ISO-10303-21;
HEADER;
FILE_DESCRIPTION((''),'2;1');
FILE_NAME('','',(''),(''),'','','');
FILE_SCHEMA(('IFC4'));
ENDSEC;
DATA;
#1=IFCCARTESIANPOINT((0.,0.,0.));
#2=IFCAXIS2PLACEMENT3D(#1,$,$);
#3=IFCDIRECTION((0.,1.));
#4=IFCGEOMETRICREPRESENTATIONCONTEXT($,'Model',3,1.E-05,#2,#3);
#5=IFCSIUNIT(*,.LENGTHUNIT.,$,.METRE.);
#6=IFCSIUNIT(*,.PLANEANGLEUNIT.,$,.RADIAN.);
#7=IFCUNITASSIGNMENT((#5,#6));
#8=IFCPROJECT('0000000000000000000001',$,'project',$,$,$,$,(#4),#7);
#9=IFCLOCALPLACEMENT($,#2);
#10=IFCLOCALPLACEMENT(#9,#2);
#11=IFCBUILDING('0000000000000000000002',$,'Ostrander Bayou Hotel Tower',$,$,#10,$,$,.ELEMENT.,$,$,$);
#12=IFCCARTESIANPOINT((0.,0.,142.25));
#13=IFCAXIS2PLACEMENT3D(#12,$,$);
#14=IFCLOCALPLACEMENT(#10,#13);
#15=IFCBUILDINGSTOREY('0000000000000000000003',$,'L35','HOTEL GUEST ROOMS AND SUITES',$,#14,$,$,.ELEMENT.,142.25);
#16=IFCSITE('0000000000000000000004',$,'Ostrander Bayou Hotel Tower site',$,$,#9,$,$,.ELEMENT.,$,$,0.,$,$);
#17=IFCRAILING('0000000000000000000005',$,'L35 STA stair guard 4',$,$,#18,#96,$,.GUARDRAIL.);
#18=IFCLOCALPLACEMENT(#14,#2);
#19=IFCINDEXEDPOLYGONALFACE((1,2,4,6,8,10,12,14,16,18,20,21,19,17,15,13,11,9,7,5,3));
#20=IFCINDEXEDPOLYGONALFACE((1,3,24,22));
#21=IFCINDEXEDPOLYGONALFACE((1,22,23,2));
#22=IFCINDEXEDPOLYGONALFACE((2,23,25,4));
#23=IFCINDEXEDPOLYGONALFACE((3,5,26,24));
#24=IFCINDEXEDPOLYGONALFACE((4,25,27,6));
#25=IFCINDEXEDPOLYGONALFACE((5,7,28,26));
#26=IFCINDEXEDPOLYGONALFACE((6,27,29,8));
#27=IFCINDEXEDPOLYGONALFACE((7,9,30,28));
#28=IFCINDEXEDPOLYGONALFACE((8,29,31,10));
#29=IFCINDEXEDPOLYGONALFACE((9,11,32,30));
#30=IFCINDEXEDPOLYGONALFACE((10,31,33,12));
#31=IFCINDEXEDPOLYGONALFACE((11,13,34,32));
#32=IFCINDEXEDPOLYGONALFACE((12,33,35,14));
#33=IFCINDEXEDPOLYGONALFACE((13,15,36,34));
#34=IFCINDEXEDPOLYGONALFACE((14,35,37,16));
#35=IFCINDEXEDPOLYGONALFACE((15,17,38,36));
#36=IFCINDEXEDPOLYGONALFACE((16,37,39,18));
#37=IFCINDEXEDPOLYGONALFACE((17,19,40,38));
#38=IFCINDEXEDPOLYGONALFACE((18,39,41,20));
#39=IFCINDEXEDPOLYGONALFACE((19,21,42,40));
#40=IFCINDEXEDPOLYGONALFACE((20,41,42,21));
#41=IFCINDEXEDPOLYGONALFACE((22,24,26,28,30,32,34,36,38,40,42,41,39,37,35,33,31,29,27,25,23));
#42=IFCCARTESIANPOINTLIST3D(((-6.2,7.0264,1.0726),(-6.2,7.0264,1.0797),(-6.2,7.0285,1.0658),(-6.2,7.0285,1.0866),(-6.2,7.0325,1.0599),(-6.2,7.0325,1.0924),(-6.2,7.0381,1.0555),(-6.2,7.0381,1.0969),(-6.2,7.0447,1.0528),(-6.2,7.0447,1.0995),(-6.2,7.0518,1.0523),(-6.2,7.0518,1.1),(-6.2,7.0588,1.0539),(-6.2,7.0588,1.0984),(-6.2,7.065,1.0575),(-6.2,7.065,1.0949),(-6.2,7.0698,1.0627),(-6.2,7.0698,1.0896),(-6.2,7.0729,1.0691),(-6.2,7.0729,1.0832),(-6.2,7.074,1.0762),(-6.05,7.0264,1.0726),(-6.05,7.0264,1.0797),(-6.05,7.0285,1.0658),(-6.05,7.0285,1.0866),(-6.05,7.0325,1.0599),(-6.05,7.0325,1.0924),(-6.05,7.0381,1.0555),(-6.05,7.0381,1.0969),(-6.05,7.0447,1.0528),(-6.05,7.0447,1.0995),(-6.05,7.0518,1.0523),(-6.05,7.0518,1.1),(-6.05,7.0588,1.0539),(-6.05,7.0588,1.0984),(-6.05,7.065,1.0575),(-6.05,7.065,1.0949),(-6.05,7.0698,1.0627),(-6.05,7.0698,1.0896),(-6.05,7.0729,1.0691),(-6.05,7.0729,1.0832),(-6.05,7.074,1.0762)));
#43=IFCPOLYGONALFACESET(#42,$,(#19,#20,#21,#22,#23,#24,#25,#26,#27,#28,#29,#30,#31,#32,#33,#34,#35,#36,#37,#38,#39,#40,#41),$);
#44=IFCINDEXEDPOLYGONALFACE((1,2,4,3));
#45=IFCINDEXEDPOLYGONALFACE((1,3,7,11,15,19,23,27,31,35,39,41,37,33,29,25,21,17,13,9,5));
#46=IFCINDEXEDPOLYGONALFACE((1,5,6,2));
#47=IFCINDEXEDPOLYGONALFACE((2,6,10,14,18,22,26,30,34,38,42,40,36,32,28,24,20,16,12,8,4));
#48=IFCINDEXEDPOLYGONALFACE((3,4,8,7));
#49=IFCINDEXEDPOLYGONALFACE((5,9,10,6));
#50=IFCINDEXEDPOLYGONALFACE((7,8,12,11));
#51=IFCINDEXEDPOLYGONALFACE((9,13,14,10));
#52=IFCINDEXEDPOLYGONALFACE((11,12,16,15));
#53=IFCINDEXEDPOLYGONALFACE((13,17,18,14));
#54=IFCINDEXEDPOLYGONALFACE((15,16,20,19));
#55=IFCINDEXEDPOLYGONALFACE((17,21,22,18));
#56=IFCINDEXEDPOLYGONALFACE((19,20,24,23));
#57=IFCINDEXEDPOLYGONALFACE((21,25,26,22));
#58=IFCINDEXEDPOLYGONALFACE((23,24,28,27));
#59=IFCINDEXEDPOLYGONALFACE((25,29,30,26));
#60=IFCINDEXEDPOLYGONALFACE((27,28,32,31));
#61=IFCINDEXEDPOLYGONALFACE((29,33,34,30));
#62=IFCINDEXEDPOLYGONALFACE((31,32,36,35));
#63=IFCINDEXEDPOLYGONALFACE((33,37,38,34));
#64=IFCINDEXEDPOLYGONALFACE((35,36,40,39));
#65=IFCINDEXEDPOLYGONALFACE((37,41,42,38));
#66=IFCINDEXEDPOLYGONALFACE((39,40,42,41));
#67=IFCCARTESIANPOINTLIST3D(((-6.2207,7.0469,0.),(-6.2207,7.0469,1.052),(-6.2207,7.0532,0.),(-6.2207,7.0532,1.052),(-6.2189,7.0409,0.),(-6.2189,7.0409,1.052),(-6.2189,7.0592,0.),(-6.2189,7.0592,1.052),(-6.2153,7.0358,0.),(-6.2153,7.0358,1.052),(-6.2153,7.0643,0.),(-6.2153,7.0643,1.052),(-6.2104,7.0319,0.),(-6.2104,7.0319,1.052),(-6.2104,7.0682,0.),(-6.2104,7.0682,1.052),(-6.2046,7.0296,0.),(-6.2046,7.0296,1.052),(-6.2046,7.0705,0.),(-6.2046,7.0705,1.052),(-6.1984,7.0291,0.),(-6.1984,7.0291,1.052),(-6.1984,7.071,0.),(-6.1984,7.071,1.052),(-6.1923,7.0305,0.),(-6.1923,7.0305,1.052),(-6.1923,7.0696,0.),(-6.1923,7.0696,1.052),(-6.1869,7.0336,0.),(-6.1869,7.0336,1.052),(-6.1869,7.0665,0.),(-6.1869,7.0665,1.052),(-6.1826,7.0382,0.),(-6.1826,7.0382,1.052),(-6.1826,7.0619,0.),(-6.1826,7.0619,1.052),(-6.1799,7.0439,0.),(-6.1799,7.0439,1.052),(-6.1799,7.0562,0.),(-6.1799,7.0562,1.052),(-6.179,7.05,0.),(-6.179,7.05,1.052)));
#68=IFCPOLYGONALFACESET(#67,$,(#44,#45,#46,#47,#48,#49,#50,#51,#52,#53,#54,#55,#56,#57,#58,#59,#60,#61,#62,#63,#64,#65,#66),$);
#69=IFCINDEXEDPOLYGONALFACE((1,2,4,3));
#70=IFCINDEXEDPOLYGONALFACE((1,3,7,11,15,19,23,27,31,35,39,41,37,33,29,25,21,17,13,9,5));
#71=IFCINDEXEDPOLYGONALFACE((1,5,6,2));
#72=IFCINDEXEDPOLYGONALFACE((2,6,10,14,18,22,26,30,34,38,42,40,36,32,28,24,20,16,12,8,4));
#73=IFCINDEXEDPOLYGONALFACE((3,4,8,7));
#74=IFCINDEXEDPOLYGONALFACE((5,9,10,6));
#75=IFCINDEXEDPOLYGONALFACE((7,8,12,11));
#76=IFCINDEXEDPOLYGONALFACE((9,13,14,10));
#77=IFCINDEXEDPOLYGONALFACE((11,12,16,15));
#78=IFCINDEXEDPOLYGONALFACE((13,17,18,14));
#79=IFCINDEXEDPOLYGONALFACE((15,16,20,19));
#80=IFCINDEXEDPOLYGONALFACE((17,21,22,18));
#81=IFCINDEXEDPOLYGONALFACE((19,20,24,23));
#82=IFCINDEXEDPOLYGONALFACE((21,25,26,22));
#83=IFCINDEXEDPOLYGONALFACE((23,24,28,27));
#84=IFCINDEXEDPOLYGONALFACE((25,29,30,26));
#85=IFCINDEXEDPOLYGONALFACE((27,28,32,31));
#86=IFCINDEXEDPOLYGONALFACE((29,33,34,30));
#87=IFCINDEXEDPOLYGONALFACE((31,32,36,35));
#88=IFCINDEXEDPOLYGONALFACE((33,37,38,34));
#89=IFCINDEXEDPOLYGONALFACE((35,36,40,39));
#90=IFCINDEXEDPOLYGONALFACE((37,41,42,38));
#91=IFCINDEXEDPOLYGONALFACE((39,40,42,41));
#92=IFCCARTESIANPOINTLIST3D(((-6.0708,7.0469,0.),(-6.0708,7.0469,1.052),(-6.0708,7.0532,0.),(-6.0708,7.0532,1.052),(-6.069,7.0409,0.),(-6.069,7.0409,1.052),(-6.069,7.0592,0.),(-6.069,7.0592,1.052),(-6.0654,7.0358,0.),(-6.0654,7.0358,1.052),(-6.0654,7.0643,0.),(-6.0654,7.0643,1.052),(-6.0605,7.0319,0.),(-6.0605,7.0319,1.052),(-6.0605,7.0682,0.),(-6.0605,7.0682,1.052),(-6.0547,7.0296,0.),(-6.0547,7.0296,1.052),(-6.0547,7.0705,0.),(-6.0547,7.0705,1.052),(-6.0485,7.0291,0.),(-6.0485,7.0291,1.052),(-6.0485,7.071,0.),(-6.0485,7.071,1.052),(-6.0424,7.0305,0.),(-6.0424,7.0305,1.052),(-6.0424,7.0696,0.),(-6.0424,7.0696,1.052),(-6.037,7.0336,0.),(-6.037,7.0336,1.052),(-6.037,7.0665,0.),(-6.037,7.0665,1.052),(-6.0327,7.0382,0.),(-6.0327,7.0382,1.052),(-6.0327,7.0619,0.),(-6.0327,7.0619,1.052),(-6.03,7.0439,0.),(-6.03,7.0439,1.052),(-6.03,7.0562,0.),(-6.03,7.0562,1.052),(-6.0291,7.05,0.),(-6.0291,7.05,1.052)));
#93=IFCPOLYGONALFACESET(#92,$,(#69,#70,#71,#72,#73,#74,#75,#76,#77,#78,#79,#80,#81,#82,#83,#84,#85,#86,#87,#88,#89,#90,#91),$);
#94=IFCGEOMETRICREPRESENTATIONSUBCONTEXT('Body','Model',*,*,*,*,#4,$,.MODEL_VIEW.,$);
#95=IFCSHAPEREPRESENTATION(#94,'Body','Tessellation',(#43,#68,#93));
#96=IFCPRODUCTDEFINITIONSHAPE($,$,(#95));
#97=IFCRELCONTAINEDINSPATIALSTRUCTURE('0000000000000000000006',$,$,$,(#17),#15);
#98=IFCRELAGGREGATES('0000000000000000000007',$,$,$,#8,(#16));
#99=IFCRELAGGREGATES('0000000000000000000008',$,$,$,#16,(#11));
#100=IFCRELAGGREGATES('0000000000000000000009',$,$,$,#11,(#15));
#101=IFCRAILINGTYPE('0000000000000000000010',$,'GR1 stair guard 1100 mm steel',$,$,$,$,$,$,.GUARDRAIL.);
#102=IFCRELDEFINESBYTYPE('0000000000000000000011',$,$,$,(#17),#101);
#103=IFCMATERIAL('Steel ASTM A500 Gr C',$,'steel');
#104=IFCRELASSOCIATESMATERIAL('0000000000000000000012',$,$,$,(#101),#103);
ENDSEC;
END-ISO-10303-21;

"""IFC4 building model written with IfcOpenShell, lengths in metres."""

from ifc_helpers import new_model, si_unit, direction, frame, origin, origin_2d, place, context, subcontext, project, spatial, circle, extrude, material, type_object, element, save


model = new_model("IFC4")

# Units and contexts
model_context = context("Model", 3, precision=1e-05, world=origin(), true_north=direction((0.0, 1.0)))
body_context = subcontext(model_context, "Body", "Model", "MODEL_VIEW")
ifc_project = project(units=[si_unit("LENGTHUNIT", "METRE"), si_unit("PLANEANGLEUNIT", "RADIAN")], contexts=[model_context])

# Site, building, storey
site_placement = place(None, origin())
site = spatial("IfcSite", under=ifc_project, at=site_placement, Name="Ostrander Bayou Hotel Tower site", CompositionType="ELEMENT", RefElevation=0.0)
building_placement = place(site_placement, origin())
building = spatial("IfcBuilding", under=site, at=building_placement, Name="Ostrander Bayou Hotel Tower", CompositionType="ELEMENT")
storey_placement = place(building_placement, frame((0.0, 0.0, 142.25)))
storey = spatial("IfcBuildingStorey", under=building, at=storey_placement, Name="L35", Description="HOTEL GUEST ROOMS AND SUITES", CompositionType="ELEMENT", Elevation=142.25)

# Railing
ifc_material_1 = material(Name="Steel ASTM A500 Gr C", Category="steel")
railing_type_1 = type_object("IfcRailingType", Name="GR1 stair guard 1100 mm steel", PredefinedType="GUARDRAIL", material=ifc_material_1)
railing_1_placement = place(storey_placement, frame((-6.2, 7.05, 0.0)))
element("IfcRailing", 1, at=railing_1_placement, inside=storey, type_object=railing_type_1, Name="L35 STA stair guard 4", PredefinedType="GUARDRAIL", context=body_context, shape_type="SweptSolid", body=[
    extrude(circle(Radius=0.0239, at=origin_2d()), frame((0.0, 0.0, 1.0762), z_axis=(1.0, 0.0, 0.0), x_axis=(0.0, 1.0, 0.0)), (0.0, 0.0, 1.0), 0.1499),
    extrude(circle(Radius=0.021, at=origin_2d()), origin(), (0.0, 0.0, 1.0), 1.052),
    extrude(circle(Radius=0.021, at=origin_2d()), frame((0.1499, 0.0, 0.0)), (0.0, 0.0, 1.0), 1.052),
])

save(model, "model.ifc")
